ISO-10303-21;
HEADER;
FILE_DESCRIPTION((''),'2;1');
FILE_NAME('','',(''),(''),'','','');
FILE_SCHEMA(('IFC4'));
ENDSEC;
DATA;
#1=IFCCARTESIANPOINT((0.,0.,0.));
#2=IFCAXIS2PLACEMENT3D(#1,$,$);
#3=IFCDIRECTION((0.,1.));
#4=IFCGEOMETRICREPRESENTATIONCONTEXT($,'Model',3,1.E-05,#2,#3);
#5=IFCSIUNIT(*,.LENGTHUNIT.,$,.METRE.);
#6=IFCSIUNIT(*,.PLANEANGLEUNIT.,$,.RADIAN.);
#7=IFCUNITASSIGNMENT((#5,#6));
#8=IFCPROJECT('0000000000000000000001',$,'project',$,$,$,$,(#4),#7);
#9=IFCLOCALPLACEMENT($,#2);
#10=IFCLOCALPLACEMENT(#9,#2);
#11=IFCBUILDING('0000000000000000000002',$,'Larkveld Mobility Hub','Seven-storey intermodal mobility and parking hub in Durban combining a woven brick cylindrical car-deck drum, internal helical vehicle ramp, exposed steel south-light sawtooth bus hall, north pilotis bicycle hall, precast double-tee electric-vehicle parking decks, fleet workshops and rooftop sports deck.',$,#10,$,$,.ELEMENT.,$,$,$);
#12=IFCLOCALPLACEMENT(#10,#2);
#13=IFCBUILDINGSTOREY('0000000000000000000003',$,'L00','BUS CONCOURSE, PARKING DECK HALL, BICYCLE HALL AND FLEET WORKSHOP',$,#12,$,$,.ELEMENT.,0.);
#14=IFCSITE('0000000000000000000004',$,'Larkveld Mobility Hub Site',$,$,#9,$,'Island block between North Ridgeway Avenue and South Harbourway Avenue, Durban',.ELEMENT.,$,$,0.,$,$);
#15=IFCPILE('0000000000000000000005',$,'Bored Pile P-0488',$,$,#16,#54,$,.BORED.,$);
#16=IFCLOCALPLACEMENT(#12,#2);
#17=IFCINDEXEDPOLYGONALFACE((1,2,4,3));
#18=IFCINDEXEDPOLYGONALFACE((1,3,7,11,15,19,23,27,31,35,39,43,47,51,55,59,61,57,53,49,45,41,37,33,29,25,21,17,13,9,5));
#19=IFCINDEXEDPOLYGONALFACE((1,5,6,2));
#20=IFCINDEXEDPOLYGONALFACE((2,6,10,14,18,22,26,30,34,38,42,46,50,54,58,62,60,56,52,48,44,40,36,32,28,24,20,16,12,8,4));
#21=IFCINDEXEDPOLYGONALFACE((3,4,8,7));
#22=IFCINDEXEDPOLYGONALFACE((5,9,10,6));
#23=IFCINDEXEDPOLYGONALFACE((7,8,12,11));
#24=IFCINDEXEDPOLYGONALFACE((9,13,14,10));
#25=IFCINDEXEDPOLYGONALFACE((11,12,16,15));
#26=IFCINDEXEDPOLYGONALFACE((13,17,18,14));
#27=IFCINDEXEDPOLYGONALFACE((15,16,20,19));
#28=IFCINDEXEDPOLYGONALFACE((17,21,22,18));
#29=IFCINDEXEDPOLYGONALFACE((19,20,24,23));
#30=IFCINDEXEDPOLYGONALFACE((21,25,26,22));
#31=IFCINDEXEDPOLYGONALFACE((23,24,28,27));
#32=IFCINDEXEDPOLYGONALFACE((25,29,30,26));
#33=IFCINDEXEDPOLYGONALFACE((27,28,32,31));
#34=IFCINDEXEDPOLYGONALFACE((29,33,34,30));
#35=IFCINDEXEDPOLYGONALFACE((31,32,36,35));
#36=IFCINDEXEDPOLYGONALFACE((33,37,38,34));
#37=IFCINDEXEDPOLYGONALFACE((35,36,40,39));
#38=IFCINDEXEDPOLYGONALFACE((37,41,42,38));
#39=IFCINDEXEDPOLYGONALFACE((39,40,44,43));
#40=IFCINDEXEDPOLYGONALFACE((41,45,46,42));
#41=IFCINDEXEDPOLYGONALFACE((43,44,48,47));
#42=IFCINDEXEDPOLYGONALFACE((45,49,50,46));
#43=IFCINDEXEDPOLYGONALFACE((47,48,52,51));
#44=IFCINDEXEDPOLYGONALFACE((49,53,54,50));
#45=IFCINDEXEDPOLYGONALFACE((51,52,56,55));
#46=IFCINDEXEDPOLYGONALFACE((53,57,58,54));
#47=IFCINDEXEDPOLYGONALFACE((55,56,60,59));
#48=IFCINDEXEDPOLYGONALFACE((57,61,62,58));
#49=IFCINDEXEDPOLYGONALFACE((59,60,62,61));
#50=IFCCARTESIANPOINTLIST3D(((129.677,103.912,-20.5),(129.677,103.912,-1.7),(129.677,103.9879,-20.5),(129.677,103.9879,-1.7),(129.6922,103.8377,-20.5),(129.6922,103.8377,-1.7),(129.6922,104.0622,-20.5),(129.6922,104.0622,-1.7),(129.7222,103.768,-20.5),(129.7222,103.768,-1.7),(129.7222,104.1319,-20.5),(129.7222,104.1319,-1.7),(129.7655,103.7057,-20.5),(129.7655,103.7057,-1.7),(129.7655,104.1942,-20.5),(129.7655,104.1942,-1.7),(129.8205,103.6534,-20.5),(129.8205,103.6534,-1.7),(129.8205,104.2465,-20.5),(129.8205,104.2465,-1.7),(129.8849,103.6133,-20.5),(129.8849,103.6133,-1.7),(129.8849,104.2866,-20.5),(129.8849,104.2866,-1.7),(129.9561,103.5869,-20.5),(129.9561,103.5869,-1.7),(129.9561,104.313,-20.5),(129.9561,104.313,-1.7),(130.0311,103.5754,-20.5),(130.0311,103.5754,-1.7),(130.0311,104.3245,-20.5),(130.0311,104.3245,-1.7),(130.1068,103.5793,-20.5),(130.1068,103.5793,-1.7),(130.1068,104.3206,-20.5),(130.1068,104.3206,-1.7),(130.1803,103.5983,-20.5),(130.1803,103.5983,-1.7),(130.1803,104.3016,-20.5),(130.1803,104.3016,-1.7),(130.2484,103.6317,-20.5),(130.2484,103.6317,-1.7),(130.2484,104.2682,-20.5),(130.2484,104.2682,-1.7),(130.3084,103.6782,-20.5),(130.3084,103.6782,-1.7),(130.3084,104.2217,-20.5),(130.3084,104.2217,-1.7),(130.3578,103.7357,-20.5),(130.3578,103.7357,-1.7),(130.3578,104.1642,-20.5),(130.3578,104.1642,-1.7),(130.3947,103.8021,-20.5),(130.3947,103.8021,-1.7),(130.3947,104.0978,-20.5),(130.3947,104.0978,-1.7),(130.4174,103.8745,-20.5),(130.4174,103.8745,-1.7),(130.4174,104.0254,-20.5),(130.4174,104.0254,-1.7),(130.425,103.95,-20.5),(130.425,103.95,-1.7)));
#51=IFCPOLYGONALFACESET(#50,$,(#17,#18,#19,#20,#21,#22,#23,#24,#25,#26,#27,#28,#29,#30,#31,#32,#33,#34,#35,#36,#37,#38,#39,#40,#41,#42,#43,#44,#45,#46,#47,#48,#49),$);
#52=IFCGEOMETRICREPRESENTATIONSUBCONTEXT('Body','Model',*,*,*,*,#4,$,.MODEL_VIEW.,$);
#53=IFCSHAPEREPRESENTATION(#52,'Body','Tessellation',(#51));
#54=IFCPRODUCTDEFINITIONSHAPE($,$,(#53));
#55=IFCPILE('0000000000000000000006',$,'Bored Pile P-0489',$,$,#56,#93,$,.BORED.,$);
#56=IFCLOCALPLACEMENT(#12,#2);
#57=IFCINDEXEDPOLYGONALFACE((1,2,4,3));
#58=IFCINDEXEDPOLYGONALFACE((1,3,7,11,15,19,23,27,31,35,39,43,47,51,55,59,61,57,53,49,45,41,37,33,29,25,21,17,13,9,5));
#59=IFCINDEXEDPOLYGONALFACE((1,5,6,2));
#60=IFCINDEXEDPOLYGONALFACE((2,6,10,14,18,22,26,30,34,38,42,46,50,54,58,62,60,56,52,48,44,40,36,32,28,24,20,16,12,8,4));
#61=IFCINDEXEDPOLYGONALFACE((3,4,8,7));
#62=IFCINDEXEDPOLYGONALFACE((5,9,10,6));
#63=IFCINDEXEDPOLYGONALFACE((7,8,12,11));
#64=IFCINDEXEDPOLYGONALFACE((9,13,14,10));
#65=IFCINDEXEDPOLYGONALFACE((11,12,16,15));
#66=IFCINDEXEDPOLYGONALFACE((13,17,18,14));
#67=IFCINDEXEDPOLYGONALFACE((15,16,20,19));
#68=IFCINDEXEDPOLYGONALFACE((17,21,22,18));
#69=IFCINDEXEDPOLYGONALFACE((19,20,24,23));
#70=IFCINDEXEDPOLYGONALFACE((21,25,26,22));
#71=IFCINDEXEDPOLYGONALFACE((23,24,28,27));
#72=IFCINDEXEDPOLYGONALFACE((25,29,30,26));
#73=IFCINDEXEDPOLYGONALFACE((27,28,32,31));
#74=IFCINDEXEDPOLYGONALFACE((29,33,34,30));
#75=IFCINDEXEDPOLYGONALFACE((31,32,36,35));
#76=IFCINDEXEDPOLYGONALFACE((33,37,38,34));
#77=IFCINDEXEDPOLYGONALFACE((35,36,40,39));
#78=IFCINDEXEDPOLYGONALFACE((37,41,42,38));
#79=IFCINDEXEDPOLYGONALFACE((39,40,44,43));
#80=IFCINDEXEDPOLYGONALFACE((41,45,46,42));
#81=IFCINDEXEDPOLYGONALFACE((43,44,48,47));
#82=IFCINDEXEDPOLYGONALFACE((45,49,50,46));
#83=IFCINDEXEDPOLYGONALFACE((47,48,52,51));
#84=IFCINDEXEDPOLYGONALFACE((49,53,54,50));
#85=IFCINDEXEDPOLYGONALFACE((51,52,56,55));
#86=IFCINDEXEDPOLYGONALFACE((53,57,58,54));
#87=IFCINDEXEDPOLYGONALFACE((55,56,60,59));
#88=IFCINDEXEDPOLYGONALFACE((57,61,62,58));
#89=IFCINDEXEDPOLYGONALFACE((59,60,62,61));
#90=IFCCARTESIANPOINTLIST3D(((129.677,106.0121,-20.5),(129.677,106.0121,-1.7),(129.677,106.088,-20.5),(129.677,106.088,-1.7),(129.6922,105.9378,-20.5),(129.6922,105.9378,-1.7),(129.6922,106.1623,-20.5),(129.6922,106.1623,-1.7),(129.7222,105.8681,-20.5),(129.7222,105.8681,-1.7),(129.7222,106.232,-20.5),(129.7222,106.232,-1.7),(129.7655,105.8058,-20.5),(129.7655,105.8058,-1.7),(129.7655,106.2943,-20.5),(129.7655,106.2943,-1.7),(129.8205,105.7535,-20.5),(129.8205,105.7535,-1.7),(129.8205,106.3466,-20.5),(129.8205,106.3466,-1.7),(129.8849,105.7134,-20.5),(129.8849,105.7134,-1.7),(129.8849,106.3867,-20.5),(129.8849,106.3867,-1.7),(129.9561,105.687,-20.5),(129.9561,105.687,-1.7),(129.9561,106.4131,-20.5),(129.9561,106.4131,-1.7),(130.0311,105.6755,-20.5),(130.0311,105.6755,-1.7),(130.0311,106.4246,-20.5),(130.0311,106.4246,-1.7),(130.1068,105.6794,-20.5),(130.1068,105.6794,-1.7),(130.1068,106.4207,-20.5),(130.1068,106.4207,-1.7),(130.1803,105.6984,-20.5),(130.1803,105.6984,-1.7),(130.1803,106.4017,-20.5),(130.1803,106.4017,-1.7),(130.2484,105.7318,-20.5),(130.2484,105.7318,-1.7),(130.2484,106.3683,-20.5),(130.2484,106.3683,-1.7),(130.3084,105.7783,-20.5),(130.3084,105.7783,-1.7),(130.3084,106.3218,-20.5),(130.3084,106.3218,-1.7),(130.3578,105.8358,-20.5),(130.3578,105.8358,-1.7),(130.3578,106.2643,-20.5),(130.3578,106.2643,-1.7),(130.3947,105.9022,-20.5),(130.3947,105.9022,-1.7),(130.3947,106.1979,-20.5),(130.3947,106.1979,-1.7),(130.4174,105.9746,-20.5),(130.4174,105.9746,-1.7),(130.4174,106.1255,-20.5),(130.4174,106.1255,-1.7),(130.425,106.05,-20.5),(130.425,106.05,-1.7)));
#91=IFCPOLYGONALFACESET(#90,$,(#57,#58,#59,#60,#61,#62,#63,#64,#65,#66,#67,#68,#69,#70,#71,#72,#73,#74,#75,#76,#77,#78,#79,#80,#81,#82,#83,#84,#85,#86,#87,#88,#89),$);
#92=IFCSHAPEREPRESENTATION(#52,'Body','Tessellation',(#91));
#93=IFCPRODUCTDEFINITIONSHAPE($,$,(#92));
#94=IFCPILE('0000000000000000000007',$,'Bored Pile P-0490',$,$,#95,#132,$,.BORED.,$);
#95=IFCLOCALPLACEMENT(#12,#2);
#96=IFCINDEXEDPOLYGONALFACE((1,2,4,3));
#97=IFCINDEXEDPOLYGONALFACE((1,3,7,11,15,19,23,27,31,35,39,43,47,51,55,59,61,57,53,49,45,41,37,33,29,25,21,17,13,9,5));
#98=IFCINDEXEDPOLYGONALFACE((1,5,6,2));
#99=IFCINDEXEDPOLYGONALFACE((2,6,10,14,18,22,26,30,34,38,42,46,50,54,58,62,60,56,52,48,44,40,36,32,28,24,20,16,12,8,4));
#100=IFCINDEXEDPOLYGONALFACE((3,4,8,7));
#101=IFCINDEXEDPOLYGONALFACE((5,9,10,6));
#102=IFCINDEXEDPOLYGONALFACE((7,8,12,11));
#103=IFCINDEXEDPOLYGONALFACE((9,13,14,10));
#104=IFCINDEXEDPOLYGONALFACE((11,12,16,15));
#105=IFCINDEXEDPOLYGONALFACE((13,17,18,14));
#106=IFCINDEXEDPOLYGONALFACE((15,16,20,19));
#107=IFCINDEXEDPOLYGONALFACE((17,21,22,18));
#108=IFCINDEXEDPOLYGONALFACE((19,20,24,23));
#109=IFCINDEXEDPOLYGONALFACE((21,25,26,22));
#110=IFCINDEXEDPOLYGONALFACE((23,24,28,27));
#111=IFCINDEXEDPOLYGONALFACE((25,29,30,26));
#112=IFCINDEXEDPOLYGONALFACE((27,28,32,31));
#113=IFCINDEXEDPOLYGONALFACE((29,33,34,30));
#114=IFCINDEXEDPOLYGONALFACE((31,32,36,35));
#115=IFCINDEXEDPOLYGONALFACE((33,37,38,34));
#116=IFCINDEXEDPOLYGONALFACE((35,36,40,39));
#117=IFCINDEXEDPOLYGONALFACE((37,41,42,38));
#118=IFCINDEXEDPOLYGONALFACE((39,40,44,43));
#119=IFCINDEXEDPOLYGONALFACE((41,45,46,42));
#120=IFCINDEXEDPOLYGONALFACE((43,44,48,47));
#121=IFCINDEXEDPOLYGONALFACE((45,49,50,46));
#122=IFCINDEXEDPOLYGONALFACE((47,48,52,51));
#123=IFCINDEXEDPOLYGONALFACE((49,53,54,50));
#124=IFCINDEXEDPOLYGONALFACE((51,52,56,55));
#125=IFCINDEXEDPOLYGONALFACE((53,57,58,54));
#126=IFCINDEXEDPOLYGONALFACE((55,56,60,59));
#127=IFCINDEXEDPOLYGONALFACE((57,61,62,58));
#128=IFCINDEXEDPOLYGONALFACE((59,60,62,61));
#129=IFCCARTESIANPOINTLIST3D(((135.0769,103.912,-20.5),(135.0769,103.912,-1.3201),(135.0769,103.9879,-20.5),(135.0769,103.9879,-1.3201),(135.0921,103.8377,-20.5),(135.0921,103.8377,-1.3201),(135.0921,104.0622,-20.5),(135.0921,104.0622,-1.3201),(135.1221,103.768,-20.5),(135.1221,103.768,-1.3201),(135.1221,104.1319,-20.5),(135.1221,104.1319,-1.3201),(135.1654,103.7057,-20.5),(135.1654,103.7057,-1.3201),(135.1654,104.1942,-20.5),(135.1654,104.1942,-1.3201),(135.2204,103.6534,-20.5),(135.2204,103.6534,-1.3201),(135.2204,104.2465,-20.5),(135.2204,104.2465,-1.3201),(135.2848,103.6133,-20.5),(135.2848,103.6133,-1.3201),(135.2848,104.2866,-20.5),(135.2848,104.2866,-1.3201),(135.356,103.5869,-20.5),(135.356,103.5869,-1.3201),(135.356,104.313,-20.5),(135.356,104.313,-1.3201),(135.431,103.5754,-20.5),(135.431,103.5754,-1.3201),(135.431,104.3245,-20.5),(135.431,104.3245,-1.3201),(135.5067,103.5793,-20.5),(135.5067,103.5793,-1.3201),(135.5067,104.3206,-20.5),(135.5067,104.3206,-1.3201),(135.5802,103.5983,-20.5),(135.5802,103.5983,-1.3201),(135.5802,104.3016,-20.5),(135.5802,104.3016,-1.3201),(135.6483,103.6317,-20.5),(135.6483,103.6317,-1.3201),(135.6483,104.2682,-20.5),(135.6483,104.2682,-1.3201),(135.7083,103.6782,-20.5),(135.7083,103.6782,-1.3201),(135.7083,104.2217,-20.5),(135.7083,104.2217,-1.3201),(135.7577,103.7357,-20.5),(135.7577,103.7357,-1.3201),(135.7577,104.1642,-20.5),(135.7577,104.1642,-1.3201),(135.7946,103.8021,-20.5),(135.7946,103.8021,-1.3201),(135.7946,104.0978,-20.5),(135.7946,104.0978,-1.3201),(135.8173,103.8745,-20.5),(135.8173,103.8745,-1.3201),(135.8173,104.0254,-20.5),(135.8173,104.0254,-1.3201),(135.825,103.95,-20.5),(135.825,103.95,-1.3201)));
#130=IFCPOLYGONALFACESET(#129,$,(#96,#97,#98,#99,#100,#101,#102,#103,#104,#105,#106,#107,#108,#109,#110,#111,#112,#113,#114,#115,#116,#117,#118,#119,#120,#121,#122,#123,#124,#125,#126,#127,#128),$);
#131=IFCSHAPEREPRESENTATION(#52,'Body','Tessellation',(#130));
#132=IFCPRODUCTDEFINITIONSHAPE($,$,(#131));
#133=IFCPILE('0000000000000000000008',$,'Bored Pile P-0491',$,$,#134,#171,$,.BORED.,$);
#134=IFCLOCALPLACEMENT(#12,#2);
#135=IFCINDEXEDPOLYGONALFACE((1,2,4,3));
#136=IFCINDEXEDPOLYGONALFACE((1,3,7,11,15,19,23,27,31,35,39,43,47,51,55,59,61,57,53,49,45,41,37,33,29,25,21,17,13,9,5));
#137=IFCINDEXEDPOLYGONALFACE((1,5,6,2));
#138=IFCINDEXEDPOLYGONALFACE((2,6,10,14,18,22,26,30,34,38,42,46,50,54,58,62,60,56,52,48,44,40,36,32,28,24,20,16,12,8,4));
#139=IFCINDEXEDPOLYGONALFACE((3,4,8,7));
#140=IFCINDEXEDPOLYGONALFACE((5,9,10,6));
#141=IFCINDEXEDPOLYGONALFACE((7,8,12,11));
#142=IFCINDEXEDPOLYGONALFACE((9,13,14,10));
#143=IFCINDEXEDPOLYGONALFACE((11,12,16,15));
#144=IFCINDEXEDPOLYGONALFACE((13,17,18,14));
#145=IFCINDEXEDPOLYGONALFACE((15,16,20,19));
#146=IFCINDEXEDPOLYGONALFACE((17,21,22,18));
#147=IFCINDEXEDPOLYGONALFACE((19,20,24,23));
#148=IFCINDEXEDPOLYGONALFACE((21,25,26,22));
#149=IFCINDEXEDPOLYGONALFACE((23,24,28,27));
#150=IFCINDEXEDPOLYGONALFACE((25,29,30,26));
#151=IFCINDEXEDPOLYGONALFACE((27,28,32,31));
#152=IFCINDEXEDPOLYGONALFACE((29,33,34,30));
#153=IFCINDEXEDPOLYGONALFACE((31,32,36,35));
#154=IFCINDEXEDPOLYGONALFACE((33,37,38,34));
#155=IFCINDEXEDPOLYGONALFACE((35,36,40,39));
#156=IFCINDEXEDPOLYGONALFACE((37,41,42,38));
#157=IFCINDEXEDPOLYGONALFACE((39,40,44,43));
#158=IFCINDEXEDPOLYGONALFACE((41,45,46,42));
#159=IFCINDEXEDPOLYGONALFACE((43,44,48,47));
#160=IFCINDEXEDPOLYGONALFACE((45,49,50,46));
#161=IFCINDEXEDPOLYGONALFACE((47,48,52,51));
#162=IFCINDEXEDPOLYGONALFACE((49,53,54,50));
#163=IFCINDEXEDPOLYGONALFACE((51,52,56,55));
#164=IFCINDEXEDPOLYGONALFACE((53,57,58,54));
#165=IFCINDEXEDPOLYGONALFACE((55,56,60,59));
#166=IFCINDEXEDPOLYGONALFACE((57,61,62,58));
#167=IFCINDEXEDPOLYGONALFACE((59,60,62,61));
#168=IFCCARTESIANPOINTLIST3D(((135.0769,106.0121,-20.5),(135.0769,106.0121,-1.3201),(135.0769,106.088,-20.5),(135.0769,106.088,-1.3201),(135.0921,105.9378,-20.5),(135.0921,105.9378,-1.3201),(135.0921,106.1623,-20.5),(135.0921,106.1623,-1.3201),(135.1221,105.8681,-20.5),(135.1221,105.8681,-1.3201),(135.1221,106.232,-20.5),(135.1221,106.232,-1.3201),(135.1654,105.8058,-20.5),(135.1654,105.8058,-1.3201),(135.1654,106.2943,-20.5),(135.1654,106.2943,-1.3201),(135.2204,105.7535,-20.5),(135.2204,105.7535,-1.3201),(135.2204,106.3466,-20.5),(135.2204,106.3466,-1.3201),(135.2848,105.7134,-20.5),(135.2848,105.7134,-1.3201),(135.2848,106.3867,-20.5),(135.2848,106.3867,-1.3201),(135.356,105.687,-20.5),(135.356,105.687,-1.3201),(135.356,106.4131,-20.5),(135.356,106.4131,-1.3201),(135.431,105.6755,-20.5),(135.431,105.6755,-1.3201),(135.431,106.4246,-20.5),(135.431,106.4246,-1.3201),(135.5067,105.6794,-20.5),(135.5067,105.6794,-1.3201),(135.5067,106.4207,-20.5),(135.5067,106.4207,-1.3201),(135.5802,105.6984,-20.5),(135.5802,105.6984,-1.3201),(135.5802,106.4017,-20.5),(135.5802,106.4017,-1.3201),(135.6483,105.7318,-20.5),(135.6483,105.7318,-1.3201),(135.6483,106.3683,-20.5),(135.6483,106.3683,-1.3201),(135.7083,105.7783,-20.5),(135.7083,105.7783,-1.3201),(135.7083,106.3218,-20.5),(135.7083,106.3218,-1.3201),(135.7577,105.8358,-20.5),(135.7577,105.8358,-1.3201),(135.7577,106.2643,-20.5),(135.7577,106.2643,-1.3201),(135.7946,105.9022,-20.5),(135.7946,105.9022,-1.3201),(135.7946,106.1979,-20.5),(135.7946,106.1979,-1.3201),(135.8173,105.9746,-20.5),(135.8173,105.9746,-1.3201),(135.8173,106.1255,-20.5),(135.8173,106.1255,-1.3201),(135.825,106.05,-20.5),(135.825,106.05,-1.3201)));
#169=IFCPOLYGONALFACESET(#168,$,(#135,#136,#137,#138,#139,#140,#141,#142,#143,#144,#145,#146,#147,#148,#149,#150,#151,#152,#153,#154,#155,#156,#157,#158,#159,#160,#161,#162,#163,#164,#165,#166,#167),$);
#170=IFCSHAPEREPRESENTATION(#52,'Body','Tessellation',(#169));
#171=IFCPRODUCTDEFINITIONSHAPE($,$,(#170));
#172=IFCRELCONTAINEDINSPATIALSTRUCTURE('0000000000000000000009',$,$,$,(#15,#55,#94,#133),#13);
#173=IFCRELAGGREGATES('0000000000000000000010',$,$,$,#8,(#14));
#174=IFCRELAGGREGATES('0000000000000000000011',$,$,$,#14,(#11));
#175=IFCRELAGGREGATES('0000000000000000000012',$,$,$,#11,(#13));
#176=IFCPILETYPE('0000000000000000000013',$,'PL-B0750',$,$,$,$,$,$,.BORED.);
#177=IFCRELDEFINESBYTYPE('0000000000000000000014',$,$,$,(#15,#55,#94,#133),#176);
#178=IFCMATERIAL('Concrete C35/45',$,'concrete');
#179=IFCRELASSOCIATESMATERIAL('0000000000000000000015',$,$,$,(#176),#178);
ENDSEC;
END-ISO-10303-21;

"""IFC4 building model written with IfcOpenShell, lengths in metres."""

from ifc_helpers import new_model, si_unit, direction, frame, origin, origin_2d, place, context, subcontext, project, spatial, circle, extrude, material, material_profile, profile_set, type_object, element, save


model = new_model("IFC4")

# Units and contexts
model_context = context("Model", 3, precision=1e-05, world=origin(), true_north=direction((0.0, 1.0)))
body_context = subcontext(model_context, "Body", "Model", "MODEL_VIEW")
ifc_project = project(units=[si_unit("LENGTHUNIT", "METRE"), si_unit("PLANEANGLEUNIT", "RADIAN")], contexts=[model_context])

# Site, building, storey
site_placement = place(None, origin())
site = spatial("IfcSite", under=ifc_project, at=site_placement, Name="Larkveld Mobility Hub Site", LongName="Island block between North Ridgeway Avenue and South Harbourway Avenue, Durban", CompositionType="ELEMENT", RefElevation=0.0)
building_placement = place(site_placement, origin())
building = spatial("IfcBuilding", under=site, at=building_placement, Name="Larkveld Mobility Hub", Description="Seven-storey intermodal mobility and parking hub in Durban combining a woven brick cylindrical car-deck drum, internal helical vehicle ramp, exposed steel south-light sawtooth bus hall, north pilotis bicycle hall, precast double-tee electric-vehicle parking decks, fleet workshops and rooftop sports deck.", CompositionType="ELEMENT")
storey_placement = place(building_placement, origin())
storey = spatial("IfcBuildingStorey", under=building, at=storey_placement, Name="L00", Description="BUS CONCOURSE, PARKING DECK HALL, BICYCLE HALL AND FLEET WORKSHOP", CompositionType="ELEMENT", Elevation=0.0)

# Shared definitions
ifc_material_1 = material(Name="Concrete C35/45", Category="concrete")

# Piles
ifc_material_profile_1 = material_profile(ifc_material_1, circle(Radius=0.375, at=origin_2d()), Name="PILE D750")
ifc_profile_set_1 = profile_set([ifc_material_profile_1], Name="Concrete C35/45")
pile_type_1 = type_object("IfcPileType", Name="PL-B0750", PredefinedType="BORED", material=ifc_profile_set_1)
for number, where, z_axis, x_axis, name in (
    (1, (130.05, 103.95, -1.7), (0.0, 0.0, -1.0), (1.0, 0.0, 0.0), "Bored Pile P-0488"),
    (2, (130.05, 106.05, -1.7), (0.0, 0.0, -1.0), (1.0, 0.0, 0.0), "Bored Pile P-0489"),
):
    element("IfcPile", number, at=place(storey_placement, frame(where, z_axis=z_axis, x_axis=x_axis)), inside=storey, type_object=pile_type_1, Name=name, PredefinedType="BORED", context=body_context, shape_type="SweptSolid", body=[
        extrude(circle(Radius=0.375, at=origin_2d()), origin(), (0.0, 0.0, 1.0), 18.8),
    ])
for number, where, z_axis, x_axis, name in (
    (3, (135.45, 103.95, -1.3201), (0.0, 0.0, -1.0), (1.0, 0.0, 0.0), "Bored Pile P-0490"),
    (4, (135.45, 106.05, -1.3201), (0.0, 0.0, -1.0), (1.0, 0.0, 0.0), "Bored Pile P-0491"),
):
    element("IfcPile", number, at=place(storey_placement, frame(where, z_axis=z_axis, x_axis=x_axis)), inside=storey, type_object=pile_type_1, Name=name, PredefinedType="BORED", context=body_context, shape_type="SweptSolid", body=[
        extrude(circle(Radius=0.375, at=origin_2d()), origin(), (0.0, 0.0, 1.0), 19.1799),
    ])

save(model, "model.ifc")
